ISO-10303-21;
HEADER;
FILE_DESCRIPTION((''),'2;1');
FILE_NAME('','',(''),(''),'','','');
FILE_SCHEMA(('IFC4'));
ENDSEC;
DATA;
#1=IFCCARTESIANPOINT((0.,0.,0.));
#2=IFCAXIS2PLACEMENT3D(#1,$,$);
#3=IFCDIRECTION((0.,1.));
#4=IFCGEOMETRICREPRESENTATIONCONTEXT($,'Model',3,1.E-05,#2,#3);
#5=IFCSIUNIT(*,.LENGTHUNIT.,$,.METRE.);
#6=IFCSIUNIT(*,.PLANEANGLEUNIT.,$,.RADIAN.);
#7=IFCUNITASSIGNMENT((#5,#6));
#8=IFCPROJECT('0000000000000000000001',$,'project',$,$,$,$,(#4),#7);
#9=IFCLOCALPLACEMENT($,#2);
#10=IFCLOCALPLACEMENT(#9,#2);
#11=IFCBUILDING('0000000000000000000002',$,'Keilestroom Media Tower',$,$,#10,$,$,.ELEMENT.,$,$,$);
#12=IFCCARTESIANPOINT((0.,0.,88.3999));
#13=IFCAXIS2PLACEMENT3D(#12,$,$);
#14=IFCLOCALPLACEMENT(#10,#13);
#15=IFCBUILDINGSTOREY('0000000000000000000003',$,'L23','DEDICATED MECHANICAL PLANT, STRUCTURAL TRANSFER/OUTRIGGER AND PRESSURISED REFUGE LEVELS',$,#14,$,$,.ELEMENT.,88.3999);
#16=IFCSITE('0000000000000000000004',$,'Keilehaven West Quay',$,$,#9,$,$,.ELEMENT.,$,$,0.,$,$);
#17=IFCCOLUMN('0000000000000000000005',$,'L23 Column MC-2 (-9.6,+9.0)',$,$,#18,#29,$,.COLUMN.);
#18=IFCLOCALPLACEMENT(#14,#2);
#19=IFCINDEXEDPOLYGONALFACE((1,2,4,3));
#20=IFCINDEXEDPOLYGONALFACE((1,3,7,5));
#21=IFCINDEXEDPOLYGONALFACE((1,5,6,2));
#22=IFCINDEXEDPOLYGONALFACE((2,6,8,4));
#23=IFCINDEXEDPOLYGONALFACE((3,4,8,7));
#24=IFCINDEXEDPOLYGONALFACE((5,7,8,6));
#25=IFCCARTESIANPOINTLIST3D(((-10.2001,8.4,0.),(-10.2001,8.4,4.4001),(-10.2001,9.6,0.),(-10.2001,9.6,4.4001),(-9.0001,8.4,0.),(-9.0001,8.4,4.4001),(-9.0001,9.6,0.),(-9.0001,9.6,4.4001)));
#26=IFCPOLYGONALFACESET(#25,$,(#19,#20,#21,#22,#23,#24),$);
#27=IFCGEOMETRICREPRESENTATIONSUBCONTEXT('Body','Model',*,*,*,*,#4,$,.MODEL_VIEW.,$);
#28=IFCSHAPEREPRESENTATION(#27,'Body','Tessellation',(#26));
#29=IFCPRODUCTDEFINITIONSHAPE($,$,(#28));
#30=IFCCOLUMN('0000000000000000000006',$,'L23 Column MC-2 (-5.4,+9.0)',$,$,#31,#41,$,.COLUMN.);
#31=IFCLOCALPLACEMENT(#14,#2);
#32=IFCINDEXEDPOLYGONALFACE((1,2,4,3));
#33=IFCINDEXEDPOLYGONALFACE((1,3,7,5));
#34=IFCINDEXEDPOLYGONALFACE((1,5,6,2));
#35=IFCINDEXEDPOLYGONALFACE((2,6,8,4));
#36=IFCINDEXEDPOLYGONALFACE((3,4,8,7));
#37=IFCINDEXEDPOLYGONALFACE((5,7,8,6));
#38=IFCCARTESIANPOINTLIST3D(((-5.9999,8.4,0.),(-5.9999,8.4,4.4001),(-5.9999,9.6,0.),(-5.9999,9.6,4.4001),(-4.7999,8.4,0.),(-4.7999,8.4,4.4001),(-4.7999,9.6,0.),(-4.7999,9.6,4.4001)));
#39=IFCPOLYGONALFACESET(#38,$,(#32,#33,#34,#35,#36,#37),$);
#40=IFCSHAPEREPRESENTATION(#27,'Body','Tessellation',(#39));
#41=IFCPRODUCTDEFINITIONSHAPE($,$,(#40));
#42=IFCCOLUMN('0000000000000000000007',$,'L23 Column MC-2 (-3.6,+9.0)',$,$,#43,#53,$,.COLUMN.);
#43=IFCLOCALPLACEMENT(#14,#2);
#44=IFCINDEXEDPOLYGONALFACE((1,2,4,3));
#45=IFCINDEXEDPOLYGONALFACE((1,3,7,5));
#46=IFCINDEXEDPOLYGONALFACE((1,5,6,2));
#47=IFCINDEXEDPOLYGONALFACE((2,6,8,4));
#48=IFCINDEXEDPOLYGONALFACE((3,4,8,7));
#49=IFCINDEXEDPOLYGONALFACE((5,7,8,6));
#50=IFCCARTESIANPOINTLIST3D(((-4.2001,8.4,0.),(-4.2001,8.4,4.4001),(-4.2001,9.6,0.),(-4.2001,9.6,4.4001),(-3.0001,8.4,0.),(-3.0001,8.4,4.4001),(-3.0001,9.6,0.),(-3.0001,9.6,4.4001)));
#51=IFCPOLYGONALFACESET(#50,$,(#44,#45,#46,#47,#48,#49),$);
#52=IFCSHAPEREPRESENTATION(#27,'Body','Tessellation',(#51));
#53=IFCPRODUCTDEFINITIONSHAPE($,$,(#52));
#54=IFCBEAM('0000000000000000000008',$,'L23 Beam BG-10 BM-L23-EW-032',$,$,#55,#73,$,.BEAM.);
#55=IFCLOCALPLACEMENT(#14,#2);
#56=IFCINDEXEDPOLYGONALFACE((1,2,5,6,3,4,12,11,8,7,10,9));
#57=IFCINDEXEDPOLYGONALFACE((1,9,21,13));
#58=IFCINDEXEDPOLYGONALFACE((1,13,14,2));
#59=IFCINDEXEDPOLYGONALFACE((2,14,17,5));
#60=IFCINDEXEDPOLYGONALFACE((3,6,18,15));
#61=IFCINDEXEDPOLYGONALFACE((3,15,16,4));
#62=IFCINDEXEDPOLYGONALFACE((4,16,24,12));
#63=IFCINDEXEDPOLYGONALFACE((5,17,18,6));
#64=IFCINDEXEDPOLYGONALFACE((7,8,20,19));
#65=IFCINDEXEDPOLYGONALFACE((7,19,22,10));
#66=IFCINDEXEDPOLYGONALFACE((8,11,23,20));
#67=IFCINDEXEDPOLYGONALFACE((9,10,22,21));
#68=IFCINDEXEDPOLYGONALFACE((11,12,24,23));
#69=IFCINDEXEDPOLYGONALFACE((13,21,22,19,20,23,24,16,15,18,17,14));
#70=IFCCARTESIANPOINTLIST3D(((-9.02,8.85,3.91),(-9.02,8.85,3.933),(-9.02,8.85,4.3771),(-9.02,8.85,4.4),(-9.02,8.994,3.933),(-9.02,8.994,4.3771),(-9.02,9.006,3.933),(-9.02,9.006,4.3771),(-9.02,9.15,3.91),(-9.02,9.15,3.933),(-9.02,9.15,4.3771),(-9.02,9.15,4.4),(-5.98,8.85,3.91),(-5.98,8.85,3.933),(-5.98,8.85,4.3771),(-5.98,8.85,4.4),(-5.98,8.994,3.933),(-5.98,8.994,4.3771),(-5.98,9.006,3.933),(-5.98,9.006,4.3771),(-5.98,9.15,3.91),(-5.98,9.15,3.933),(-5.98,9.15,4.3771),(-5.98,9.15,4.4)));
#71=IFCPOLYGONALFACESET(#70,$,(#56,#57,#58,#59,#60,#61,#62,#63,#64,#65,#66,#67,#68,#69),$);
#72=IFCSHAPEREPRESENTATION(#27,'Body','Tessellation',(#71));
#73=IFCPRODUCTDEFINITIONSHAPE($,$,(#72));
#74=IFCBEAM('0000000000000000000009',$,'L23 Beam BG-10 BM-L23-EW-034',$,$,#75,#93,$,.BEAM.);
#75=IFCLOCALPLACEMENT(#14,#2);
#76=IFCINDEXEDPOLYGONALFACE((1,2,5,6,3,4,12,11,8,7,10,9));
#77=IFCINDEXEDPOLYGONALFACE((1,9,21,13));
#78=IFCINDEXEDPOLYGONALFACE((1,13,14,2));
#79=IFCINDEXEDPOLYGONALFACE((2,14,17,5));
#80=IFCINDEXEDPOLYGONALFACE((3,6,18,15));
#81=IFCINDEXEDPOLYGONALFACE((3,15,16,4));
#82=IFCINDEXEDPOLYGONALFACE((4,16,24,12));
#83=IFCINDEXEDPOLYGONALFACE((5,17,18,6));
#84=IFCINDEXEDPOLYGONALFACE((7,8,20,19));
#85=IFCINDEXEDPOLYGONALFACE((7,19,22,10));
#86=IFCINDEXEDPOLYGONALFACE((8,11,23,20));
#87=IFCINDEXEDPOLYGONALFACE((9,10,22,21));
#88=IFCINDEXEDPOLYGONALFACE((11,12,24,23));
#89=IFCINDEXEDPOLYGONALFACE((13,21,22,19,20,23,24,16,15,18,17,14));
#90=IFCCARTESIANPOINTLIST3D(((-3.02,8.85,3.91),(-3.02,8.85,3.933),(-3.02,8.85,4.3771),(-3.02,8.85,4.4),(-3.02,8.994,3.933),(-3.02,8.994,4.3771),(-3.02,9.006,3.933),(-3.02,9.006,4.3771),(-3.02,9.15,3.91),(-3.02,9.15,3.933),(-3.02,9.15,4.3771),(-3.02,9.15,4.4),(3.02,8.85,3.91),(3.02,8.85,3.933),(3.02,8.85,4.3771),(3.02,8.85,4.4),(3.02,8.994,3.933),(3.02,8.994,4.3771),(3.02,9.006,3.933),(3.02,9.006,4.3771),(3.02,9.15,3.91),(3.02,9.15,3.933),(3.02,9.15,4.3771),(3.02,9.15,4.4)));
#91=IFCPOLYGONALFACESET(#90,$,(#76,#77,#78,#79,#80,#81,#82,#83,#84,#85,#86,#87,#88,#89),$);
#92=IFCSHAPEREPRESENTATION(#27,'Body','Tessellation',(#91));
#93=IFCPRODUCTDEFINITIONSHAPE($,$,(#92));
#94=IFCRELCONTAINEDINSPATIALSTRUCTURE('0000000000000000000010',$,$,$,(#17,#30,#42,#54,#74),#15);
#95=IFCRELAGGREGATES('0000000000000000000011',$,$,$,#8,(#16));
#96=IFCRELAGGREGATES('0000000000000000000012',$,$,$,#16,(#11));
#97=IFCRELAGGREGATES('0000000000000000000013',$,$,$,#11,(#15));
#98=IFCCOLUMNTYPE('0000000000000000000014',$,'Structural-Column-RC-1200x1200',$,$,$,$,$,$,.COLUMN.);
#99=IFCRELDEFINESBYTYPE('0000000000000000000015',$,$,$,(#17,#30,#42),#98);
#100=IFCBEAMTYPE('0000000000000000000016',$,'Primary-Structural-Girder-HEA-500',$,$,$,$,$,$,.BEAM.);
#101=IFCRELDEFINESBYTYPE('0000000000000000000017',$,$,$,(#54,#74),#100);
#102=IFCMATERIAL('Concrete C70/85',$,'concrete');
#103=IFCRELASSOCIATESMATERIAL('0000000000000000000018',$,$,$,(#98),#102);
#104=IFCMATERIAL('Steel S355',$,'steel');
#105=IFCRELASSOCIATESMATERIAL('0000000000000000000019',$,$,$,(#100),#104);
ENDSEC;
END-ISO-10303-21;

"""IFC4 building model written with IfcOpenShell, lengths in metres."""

from ifc_helpers import new_model, si_unit, direction, frame, origin, origin_2d, place, context, subcontext, project, spatial, rectangle, i_section, extrude, source, transform, mapped, material, material_profile, profile_set, type_object, element, save


model = new_model("IFC4")

# Units and contexts
model_context = context("Model", 3, precision=1e-05, world=origin(), true_north=direction((0.0, 1.0)))
body_context = subcontext(model_context, "Body", "Model", "MODEL_VIEW")
ifc_project = project(units=[si_unit("LENGTHUNIT", "METRE"), si_unit("PLANEANGLEUNIT", "RADIAN")], contexts=[model_context])

# Site, building, storey
site_placement = place(None, origin())
site = spatial("IfcSite", under=ifc_project, at=site_placement, Name="Keilehaven West Quay", CompositionType="ELEMENT", RefElevation=0.0)
building_placement = place(site_placement, origin())
building = spatial("IfcBuilding", under=site, at=building_placement, Name="Keilestroom Media Tower", CompositionType="ELEMENT")
storey_placement = place(building_placement, frame((0.0, 0.0, 88.3999)))
storey = spatial("IfcBuildingStorey", under=building, at=storey_placement, Name="L23", Description="DEDICATED MECHANICAL PLANT, STRUCTURAL TRANSFER/OUTRIGGER AND PRESSURISED REFUGE LEVELS", CompositionType="ELEMENT", Elevation=88.3999)

# Columns
ifc_material_1 = material(Name="Concrete C70/85", Category="concrete")
ifc_material_profile_1 = material_profile(ifc_material_1, rectangle(XDim=1.2, YDim=1.2, at=origin_2d()), Name="RC 1200x1200")
ifc_profile_set_1 = profile_set([ifc_material_profile_1], Name="Concrete C70/85")
column_type = type_object("IfcColumnType", Name="Structural-Column-RC-1200x1200", PredefinedType="COLUMN", material=ifc_profile_set_1)
shared_shape_1 = source(origin(), body_context, "Body", "SweptSolid", [
    extrude(rectangle(XDim=1.2, YDim=1.2, at=origin_2d()), origin(), (0.0, 0.0, 1.0), 4.4001),
])
for number, where, z_axis, x_axis, name in (
    (1, (-9.6001, 9.0, 0.0), (0.0, 0.0, 1.0), (1.0, 0.0, 0.0), "L23 Column MC-2 (-9.6,+9.0)"),
    (2, (-5.3999, 9.0, 0.0), (0.0, 0.0, 1.0), (1.0, 0.0, 0.0), "L23 Column MC-2 (-5.4,+9.0)"),
    (3, (-3.6001, 9.0, 0.0), (0.0, 0.0, 1.0), (1.0, 0.0, 0.0), "L23 Column MC-2 (-3.6,+9.0)"),
):
    element("IfcColumn", number, at=place(storey_placement, frame(where, z_axis=z_axis, x_axis=x_axis)), inside=storey, type_object=column_type, Name=name, PredefinedType="COLUMN", context=body_context, shape_type="MappedRepresentation", body=[
        mapped(shared_shape_1, transform((0.0, 0.0, 0.0), x_axis=(1.0, 0.0, 0.0), y_axis=(0.0, 1.0, 0.0), z_axis=(0.0, 0.0, 1.0), scale=1.0)),
    ])

# Beams
ifc_material_2 = material(Name="Steel S355", Category="steel")
ifc_material_profile_2 = material_profile(ifc_material_2, i_section(OverallWidth=0.3, OverallDepth=0.49, WebThickness=0.012, FlangeThickness=0.0229, at=origin_2d()), Name="HEA 500")
ifc_profile_set_2 = profile_set([ifc_material_profile_2], Name="Steel S355")
beam_type = type_object("IfcBeamType", Name="Primary-Structural-Girder-HEA-500", PredefinedType="BEAM", material=ifc_profile_set_2)
shared_shape_2 = source(origin(), body_context, "Body", "SweptSolid", [
    extrude(i_section(OverallWidth=0.3, OverallDepth=0.49, WebThickness=0.012, FlangeThickness=0.0229, at=origin_2d()), origin(), (0.0, 0.0, 1.0), 3.04),
])
beam_1_placement = place(storey_placement, frame((-9.02, 9.0, 4.155), z_axis=(1.0, 0.0, 0.0), x_axis=(0.0, 1.0, 0.0)))
element("IfcBeam", 4, at=beam_1_placement, inside=storey, type_object=beam_type, Name="L23 Beam BG-10 BM-L23-EW-032", PredefinedType="BEAM", context=body_context, shape_type="MappedRepresentation", body=[
    mapped(shared_shape_2, transform((0.0, 0.0, 0.0), x_axis=(1.0, 0.0, 0.0), y_axis=(0.0, 1.0, 0.0), z_axis=(0.0, 0.0, 1.0), scale=1.0)),
])
shared_shape_3 = source(origin(), body_context, "Body", "SweptSolid", [
    extrude(i_section(OverallWidth=0.3, OverallDepth=0.49, WebThickness=0.012, FlangeThickness=0.0229, at=origin_2d()), origin(), (0.0, 0.0, 1.0), 6.04),
])
beam_2_placement = place(storey_placement, frame((-3.02, 9.0, 4.155), z_axis=(1.0, 0.0, 0.0), x_axis=(0.0, 1.0, 0.0)))
element("IfcBeam", 5, at=beam_2_placement, inside=storey, type_object=beam_type, Name="L23 Beam BG-10 BM-L23-EW-034", PredefinedType="BEAM", context=body_context, shape_type="MappedRepresentation", body=[
    mapped(shared_shape_3, transform((0.0, 0.0, 0.0), x_axis=(1.0, 0.0, 0.0), y_axis=(0.0, 1.0, 0.0), z_axis=(0.0, 0.0, 1.0), scale=1.0)),
])

save(model, "model.ifc")
